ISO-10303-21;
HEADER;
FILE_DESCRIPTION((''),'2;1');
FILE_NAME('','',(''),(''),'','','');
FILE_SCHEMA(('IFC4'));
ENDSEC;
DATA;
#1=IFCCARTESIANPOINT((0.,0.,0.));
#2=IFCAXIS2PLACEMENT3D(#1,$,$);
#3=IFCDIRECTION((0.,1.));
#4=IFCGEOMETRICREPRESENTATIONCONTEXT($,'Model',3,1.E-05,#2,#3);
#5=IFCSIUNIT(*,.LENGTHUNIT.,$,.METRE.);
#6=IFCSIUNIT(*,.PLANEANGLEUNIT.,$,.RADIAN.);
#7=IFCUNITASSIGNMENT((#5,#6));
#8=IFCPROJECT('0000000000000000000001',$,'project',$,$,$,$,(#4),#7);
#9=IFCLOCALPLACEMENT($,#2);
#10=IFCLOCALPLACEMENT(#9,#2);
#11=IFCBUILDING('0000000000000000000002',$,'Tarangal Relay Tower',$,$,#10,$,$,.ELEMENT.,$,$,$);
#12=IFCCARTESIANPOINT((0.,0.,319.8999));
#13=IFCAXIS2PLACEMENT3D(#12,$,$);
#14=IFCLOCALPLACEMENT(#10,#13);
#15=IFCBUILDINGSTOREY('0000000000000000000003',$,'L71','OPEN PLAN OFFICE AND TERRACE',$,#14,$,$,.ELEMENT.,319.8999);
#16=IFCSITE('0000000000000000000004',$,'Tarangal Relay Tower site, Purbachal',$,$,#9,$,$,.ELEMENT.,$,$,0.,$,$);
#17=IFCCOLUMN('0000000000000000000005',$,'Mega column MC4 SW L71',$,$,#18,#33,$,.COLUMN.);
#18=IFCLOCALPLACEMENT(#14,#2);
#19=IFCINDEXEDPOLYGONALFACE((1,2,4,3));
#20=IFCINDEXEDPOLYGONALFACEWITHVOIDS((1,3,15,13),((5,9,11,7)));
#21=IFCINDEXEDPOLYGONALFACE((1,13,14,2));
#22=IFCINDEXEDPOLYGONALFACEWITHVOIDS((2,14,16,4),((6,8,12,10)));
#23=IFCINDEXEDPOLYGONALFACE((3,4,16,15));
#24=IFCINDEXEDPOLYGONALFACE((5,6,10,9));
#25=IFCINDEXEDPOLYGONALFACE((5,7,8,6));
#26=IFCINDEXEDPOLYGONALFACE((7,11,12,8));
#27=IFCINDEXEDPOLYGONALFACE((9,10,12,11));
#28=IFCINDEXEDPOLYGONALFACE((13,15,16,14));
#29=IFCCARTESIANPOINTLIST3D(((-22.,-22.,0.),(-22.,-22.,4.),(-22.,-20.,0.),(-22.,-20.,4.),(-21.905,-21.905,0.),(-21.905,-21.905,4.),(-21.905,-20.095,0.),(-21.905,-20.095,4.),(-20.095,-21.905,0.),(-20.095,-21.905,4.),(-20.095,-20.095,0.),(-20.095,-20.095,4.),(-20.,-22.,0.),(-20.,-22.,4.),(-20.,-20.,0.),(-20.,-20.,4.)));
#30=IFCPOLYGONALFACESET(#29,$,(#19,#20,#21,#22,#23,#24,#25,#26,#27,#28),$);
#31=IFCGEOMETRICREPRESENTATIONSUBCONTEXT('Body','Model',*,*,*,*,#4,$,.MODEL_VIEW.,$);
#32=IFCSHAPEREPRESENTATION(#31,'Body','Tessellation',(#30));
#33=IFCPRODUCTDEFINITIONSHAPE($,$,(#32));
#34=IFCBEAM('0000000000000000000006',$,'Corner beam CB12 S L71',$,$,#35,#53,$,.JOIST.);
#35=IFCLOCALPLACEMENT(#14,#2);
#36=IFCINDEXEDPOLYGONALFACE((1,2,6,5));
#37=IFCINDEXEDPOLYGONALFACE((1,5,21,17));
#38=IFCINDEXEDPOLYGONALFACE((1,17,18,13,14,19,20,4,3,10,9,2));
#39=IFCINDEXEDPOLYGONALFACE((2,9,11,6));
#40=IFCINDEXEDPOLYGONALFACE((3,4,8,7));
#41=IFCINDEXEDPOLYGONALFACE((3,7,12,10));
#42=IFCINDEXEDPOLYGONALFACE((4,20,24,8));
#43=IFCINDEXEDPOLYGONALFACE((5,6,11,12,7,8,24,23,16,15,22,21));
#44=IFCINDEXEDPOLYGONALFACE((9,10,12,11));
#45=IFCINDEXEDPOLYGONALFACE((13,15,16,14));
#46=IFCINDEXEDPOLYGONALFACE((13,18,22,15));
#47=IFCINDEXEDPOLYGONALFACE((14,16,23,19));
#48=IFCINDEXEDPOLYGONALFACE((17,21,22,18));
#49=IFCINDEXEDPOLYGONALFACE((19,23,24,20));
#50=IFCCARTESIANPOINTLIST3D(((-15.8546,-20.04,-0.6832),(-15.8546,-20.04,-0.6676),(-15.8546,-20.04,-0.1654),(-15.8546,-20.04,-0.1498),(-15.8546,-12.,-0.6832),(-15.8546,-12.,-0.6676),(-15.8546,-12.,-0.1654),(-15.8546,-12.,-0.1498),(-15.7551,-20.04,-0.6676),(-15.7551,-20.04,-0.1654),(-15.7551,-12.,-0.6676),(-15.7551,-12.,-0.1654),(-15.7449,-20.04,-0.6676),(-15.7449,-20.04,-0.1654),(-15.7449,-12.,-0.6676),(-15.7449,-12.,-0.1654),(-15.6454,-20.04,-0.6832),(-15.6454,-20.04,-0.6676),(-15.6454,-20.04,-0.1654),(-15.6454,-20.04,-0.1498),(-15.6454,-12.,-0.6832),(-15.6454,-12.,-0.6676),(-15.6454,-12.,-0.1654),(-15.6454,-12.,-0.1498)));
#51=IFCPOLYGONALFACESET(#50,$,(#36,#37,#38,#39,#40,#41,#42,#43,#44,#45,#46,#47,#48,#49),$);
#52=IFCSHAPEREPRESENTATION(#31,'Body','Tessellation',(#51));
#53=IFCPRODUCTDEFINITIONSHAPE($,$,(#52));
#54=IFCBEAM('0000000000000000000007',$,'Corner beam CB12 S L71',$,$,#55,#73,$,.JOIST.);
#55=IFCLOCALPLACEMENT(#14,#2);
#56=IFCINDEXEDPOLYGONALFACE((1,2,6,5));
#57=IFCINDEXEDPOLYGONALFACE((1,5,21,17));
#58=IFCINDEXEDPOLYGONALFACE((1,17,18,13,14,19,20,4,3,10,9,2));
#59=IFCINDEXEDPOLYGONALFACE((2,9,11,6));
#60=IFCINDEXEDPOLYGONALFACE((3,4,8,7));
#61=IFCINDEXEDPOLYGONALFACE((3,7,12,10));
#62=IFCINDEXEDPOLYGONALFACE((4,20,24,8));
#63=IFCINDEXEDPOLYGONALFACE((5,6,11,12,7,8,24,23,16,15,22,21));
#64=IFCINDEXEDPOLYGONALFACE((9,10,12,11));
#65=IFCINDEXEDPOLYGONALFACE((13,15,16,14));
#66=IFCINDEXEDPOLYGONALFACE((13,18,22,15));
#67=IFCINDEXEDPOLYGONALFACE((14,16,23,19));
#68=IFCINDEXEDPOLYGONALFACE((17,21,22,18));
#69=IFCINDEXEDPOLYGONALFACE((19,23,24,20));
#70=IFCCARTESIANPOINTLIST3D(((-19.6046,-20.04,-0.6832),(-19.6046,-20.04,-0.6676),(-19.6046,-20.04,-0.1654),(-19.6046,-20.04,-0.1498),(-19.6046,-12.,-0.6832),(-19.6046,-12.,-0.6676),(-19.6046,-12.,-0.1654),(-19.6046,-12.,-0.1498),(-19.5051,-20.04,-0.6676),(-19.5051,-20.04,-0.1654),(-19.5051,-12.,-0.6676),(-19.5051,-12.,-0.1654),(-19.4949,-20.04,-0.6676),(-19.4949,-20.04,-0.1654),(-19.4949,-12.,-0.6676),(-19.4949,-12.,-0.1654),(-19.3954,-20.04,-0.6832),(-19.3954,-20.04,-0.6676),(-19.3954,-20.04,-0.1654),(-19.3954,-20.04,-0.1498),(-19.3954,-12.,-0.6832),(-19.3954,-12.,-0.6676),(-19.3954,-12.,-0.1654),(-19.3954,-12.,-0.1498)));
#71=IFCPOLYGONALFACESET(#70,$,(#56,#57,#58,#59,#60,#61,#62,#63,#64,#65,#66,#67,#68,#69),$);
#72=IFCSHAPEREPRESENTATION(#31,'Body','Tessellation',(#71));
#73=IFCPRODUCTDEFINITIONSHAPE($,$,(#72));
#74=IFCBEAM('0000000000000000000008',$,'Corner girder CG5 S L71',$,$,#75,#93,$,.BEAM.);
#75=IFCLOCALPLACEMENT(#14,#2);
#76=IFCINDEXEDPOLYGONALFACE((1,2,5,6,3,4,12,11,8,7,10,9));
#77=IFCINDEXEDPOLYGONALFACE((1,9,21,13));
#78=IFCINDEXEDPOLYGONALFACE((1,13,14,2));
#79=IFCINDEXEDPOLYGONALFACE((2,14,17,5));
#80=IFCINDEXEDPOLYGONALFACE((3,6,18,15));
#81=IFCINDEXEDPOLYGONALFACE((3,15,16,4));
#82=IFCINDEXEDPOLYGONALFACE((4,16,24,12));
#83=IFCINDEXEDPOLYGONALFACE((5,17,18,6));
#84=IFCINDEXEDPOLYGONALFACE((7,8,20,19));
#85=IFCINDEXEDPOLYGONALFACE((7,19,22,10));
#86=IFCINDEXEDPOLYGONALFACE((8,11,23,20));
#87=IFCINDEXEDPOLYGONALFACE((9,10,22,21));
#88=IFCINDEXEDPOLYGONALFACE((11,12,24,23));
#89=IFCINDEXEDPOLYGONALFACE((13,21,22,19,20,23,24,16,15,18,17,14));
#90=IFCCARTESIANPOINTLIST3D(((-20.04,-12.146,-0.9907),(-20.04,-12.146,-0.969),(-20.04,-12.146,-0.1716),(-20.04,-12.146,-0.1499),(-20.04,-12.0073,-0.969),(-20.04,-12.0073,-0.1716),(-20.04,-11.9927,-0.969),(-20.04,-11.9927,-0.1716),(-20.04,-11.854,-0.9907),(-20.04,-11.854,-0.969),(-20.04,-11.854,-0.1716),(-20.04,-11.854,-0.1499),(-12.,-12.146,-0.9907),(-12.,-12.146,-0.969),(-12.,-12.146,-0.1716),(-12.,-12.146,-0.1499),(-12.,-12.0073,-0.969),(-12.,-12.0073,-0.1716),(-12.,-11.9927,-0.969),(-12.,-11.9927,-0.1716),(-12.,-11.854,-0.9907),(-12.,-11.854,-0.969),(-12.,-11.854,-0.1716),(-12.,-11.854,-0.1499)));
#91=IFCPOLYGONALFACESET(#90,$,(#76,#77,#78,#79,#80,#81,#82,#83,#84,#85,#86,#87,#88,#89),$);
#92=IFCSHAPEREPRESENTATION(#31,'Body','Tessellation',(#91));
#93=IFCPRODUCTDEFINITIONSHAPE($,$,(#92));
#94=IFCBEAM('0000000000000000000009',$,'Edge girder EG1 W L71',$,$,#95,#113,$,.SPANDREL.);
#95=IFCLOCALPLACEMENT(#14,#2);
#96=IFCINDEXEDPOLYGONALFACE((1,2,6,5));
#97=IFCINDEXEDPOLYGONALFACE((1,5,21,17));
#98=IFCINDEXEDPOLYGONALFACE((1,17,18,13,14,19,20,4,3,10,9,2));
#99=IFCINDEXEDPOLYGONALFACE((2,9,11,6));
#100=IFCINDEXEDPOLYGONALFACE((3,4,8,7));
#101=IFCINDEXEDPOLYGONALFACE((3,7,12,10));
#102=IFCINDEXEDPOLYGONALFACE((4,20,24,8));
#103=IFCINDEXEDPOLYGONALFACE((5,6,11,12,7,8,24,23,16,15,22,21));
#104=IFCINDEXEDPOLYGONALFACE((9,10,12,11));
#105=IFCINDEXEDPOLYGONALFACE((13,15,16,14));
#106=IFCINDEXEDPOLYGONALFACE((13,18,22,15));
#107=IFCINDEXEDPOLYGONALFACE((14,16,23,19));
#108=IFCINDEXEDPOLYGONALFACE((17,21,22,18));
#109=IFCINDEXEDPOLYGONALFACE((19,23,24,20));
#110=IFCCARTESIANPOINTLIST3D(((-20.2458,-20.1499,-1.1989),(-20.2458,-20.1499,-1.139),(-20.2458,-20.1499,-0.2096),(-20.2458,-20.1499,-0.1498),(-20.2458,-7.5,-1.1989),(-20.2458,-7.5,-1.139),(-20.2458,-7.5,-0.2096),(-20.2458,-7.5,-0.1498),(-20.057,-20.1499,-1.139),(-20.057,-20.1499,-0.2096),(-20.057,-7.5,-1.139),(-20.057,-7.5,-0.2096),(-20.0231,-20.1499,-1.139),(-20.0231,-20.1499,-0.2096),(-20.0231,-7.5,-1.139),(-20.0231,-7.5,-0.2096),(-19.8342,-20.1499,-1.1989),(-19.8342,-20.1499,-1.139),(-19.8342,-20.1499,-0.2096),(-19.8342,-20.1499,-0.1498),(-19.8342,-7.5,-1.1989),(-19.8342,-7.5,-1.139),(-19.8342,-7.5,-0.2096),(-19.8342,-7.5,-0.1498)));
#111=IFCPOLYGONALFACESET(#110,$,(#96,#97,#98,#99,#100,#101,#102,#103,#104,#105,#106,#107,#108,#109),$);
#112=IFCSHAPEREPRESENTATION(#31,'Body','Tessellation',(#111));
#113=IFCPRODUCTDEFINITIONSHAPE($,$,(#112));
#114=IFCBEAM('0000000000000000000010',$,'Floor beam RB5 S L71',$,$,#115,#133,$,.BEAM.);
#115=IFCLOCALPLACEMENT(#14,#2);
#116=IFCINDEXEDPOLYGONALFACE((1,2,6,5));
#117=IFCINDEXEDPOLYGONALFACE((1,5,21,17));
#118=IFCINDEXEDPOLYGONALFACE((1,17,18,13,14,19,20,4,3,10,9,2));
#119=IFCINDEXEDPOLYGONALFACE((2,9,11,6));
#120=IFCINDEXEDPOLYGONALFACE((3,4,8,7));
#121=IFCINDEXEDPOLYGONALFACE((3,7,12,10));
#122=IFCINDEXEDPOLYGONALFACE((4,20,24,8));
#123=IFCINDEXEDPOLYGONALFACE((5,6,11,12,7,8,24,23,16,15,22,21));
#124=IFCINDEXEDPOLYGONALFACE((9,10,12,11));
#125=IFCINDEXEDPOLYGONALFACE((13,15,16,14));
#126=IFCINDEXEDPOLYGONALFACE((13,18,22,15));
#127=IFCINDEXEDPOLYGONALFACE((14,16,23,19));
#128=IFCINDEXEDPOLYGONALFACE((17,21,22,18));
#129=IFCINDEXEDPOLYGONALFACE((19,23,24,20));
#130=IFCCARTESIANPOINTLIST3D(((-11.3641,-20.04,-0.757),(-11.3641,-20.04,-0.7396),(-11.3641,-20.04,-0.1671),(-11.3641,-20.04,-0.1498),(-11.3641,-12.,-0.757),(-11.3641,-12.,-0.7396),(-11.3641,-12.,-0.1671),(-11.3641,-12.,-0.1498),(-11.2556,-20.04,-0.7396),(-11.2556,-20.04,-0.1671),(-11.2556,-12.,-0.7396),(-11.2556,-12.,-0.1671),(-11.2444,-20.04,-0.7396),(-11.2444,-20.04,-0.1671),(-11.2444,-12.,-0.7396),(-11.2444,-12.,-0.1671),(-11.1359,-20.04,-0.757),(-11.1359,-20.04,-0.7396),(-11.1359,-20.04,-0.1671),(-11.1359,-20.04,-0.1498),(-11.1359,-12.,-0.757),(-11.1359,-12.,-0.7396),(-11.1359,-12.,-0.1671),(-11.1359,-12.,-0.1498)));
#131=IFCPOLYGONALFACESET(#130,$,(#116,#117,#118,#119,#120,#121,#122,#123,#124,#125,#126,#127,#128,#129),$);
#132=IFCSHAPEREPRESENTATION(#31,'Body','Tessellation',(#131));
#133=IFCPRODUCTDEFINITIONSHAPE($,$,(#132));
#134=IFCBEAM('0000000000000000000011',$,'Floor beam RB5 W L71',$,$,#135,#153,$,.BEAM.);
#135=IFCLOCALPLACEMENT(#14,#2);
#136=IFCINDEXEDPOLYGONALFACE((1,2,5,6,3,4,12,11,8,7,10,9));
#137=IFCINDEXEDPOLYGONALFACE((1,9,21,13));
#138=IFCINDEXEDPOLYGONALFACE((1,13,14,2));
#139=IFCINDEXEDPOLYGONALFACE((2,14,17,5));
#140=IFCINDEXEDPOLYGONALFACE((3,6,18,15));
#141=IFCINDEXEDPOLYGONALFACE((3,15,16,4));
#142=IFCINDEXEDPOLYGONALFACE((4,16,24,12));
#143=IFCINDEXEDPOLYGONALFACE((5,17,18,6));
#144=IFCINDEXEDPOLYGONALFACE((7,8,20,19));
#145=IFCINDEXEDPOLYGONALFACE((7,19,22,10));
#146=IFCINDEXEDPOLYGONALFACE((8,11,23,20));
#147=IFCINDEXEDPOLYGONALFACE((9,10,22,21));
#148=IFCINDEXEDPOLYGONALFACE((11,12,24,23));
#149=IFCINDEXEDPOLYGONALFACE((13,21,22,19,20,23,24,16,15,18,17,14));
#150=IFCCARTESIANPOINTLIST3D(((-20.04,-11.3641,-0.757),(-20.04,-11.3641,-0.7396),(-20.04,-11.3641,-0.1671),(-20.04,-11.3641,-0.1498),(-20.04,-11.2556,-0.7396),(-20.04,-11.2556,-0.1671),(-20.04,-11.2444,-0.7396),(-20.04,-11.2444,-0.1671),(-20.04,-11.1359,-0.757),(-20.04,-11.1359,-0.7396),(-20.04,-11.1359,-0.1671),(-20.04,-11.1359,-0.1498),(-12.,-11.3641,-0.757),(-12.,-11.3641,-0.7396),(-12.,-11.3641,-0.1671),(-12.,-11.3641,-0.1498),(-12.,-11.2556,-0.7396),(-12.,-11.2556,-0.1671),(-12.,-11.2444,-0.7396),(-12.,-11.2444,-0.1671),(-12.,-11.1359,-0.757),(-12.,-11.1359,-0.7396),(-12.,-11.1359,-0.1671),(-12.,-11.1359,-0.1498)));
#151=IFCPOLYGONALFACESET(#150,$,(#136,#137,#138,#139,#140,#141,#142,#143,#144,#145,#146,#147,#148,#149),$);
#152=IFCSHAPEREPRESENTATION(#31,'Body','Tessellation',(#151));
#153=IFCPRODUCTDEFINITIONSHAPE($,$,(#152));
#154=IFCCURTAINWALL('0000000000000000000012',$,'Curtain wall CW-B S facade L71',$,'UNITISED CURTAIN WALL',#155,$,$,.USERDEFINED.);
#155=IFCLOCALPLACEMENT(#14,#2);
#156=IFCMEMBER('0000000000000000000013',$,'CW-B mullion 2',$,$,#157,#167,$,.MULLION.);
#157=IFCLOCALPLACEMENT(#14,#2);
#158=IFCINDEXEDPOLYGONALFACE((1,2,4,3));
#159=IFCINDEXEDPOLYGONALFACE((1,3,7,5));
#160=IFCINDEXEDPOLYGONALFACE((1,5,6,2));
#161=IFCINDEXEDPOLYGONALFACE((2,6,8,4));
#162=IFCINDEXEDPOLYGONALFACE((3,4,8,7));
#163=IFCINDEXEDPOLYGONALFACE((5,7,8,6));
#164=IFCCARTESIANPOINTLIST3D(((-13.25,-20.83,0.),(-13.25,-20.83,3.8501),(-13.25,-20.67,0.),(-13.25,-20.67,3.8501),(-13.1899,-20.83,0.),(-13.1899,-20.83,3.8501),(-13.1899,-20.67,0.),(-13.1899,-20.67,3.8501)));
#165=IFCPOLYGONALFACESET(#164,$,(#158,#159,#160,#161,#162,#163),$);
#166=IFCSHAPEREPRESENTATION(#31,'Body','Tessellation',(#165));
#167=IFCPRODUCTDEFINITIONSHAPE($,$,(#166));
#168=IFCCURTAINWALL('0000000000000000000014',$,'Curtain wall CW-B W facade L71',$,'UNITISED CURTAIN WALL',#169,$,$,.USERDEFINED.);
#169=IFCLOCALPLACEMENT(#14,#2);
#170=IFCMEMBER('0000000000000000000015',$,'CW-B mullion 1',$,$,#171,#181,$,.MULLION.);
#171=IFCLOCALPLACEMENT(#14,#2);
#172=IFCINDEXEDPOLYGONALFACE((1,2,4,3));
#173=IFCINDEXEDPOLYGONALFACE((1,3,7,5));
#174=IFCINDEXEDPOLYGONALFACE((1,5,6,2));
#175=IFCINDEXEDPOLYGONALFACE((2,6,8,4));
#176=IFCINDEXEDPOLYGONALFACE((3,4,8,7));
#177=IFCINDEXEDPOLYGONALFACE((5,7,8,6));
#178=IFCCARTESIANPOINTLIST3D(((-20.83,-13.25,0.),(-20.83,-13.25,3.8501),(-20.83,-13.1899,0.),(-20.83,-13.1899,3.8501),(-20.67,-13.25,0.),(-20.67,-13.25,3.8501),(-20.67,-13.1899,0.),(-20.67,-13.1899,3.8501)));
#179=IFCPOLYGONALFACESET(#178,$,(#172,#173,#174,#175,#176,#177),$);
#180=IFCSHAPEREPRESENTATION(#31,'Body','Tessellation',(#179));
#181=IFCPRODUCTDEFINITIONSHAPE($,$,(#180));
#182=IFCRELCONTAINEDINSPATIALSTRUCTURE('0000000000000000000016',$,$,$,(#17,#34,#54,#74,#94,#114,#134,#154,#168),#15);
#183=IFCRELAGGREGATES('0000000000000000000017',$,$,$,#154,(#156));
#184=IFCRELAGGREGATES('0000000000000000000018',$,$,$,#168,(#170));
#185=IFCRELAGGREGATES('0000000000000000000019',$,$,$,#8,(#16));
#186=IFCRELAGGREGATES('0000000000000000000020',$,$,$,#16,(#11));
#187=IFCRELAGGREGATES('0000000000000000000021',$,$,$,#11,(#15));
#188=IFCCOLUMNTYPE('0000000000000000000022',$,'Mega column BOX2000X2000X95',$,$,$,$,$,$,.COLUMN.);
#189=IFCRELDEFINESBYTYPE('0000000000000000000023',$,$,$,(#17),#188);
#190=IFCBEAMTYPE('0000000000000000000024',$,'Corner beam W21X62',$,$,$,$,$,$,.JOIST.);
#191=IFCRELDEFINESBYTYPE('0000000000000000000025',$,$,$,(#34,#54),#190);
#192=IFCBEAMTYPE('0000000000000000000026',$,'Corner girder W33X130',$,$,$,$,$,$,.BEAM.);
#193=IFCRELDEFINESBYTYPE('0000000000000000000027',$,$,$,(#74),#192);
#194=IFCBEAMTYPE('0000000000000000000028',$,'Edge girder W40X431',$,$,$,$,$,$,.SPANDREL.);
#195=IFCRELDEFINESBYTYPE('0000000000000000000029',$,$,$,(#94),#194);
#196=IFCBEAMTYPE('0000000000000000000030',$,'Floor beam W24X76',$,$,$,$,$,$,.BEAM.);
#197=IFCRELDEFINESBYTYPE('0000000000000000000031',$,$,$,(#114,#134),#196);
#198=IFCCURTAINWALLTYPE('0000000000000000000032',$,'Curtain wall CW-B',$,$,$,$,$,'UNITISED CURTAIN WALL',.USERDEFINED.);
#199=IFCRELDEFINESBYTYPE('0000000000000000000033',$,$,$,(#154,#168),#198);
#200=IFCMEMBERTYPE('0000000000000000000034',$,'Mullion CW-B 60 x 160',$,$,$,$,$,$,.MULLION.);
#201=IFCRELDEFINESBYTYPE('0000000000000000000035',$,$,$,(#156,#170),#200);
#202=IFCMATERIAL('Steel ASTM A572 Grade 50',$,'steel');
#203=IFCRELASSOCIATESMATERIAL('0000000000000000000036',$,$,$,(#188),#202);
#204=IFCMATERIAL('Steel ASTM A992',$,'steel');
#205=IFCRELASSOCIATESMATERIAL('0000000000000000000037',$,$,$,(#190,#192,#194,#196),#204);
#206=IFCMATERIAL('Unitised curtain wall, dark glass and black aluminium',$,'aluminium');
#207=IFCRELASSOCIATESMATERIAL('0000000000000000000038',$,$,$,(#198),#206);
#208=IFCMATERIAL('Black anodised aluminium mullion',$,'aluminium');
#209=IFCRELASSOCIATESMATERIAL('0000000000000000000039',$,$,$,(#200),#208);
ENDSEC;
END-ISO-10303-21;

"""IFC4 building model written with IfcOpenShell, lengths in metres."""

from ifc_helpers import new_model, si_unit, direction, frame, origin, origin_2d, place, context, subcontext, project, spatial, rectangle, hollow_rectangle, i_section, extrude, material, material_profile, profile_set, type_object, element, aggregate, save


model = new_model("IFC4")

# Units and contexts
model_context = context("Model", 3, precision=1e-05, world=origin(), true_north=direction((0.0, 1.0)))
body_context = subcontext(model_context, "Body", "Model", "MODEL_VIEW")
ifc_project = project(units=[si_unit("LENGTHUNIT", "METRE"), si_unit("PLANEANGLEUNIT", "RADIAN")], contexts=[model_context])

# Site, building, storey
site_placement = place(None, origin())
site = spatial("IfcSite", under=ifc_project, at=site_placement, Name="Tarangal Relay Tower site, Purbachal", CompositionType="ELEMENT", RefElevation=0.0)
building_placement = place(site_placement, origin())
building = spatial("IfcBuilding", under=site, at=building_placement, Name="Tarangal Relay Tower", CompositionType="ELEMENT")
storey_placement = place(building_placement, frame((0.0, 0.0, 319.8999)))
storey = spatial("IfcBuildingStorey", under=building, at=storey_placement, Name="L71", Description="OPEN PLAN OFFICE AND TERRACE", CompositionType="ELEMENT", Elevation=319.8999)

# Column
ifc_material_1 = material(Name="Steel ASTM A572 Grade 50", Category="steel")
ifc_material_profile_1 = material_profile(ifc_material_1, hollow_rectangle(XDim=2.0, YDim=2.0, WallThickness=0.095, at=origin_2d()), Name="BOX2000X2000X95")
ifc_profile_set_1 = profile_set([ifc_material_profile_1], Name="Steel ASTM A572 Grade 50")
column_type = type_object("IfcColumnType", Name="Mega column BOX2000X2000X95", PredefinedType="COLUMN", material=ifc_profile_set_1)
column_placement = place(storey_placement, frame((-21.0, -21.0, 0.0), z_axis=(0.0, 0.0, 1.0), x_axis=(1.0, 0.0, 0.0)))
element("IfcColumn", 1, at=column_placement, inside=storey, type_object=column_type, Name="Mega column MC4 SW L71", PredefinedType="COLUMN", context=body_context, shape_type="SweptSolid", body=[
    extrude(hollow_rectangle(XDim=2.0, YDim=2.0, WallThickness=0.095, at=origin_2d()), origin(), (0.0, 0.0, 1.0), 4.0),
])

# Beams
ifc_material_2 = material(Name="Steel ASTM A992", Category="steel")
ifc_material_profile_2 = material_profile(ifc_material_2, i_section(OverallWidth=0.2092, OverallDepth=0.5334, WebThickness=0.0103, FlangeThickness=0.0156, at=origin_2d()), Name="W21X62")
ifc_profile_set_2 = profile_set([ifc_material_profile_2], Name="Steel ASTM A992")
beam_type_1 = type_object("IfcBeamType", Name="Corner beam W21X62", PredefinedType="JOIST", material=ifc_profile_set_2)
for number, where, z_axis, x_axis, name in (
    (2, (-15.75, -12.0, -0.4165), (0.0, -1.0, 0.0), (1.0, 0.0, 0.0), "Corner beam CB12 S L71"),
    (3, (-19.5, -12.0, -0.4165), (0.0, -1.0, 0.0), (1.0, 0.0, 0.0), "Corner beam CB12 S L71"),
):
    element("IfcBeam", number, at=place(storey_placement, frame(where, z_axis=z_axis, x_axis=x_axis)), inside=storey, type_object=beam_type_1, Name=name, PredefinedType="JOIST", context=body_context, shape_type="SweptSolid", body=[
        extrude(i_section(OverallWidth=0.2092, OverallDepth=0.5334, WebThickness=0.0103, FlangeThickness=0.0156, at=origin_2d()), origin(), (0.0, 0.0, 1.0), 8.04),
    ])
ifc_material_profile_3 = material_profile(ifc_material_2, i_section(OverallWidth=0.292, OverallDepth=0.8408, WebThickness=0.0146, FlangeThickness=0.0217, at=origin_2d()), Name="W33X130")
ifc_profile_set_3 = profile_set([ifc_material_profile_3], Name="Steel ASTM A992")
beam_type_2 = type_object("IfcBeamType", Name="Corner girder W33X130", PredefinedType="BEAM", material=ifc_profile_set_3)
beam_1_placement = place(storey_placement, frame((-12.0, -12.0, -0.5703), z_axis=(-1.0, 0.0, 0.0), x_axis=(0.0, -1.0, 0.0)))
element("IfcBeam", 4, at=beam_1_placement, inside=storey, type_object=beam_type_2, Name="Corner girder CG5 S L71", PredefinedType="BEAM", context=body_context, shape_type="SweptSolid", body=[
    extrude(i_section(OverallWidth=0.292, OverallDepth=0.8408, WebThickness=0.0146, FlangeThickness=0.0217, at=origin_2d()), origin(), (0.0, 0.0, 1.0), 8.04),
])
ifc_material_profile_4 = material_profile(ifc_material_2, i_section(OverallWidth=0.4116, OverallDepth=1.0491, WebThickness=0.0339, FlangeThickness=0.0598, at=origin_2d()), Name="W40X431")
ifc_profile_set_4 = profile_set([ifc_material_profile_4], Name="Steel ASTM A992")
beam_type_3 = type_object("IfcBeamType", Name="Edge girder W40X431", PredefinedType="SPANDREL", material=ifc_profile_set_4)
beam_2_placement = place(storey_placement, frame((-20.04, -20.1499, -0.6743), z_axis=(0.0, 1.0, 0.0), x_axis=(-1.0, 0.0, 0.0)))
element("IfcBeam", 5, at=beam_2_placement, inside=storey, type_object=beam_type_3, Name="Edge girder EG1 W L71", PredefinedType="SPANDREL", context=body_context, shape_type="SweptSolid", body=[
    extrude(i_section(OverallWidth=0.4116, OverallDepth=1.0491, WebThickness=0.0339, FlangeThickness=0.0598, at=origin_2d()), origin(), (0.0, 0.0, 1.0), 12.6499),
])
ifc_material_profile_5 = material_profile(ifc_material_2, i_section(OverallWidth=0.2283, OverallDepth=0.6072, WebThickness=0.0112, FlangeThickness=0.0173, at=origin_2d()), Name="W24X76")
ifc_profile_set_5 = profile_set([ifc_material_profile_5], Name="Steel ASTM A992")
beam_type_4 = type_object("IfcBeamType", Name="Floor beam W24X76", PredefinedType="BEAM", material=ifc_profile_set_5)
for number, where, z_axis, x_axis, name in (
    (6, (-11.25, -12.0, -0.4534), (0.0, -1.0, 0.0), (1.0, 0.0, 0.0), "Floor beam RB5 S L71"),
    (7, (-12.0, -11.25, -0.4534), (-1.0, 0.0, 0.0), (0.0, -1.0, 0.0), "Floor beam RB5 W L71"),
):
    element("IfcBeam", number, at=place(storey_placement, frame(where, z_axis=z_axis, x_axis=x_axis)), inside=storey, type_object=beam_type_4, Name=name, PredefinedType="BEAM", context=body_context, shape_type="SweptSolid", body=[
        extrude(i_section(OverallWidth=0.2283, OverallDepth=0.6072, WebThickness=0.0112, FlangeThickness=0.0173, at=origin_2d()), origin(), (0.0, 0.0, 1.0), 8.04),
    ])

# Curtain wall, member
ifc_material_3 = material(Name="Unitised curtain wall, dark glass and black aluminium", Category="aluminium")
curtain_wall_type_1 = type_object("IfcCurtainWallType", Name="Curtain wall CW-B", ElementType="UNITISED CURTAIN WALL", PredefinedType="USERDEFINED", material=ifc_material_3)
curtain_wall_1_placement = place(storey_placement, origin())
curtain_wall_1 = element("IfcCurtainWall", 8, at=curtain_wall_1_placement, inside=storey, type_object=curtain_wall_type_1, Name="Curtain wall CW-B S facade L71", ObjectType="UNITISED CURTAIN WALL", PredefinedType="USERDEFINED")
ifc_material_4 = material(Name="Black anodised aluminium mullion", Category="aluminium")
ifc_material_profile_6 = material_profile(ifc_material_4, rectangle(XDim=0.1599, YDim=0.0601, at=origin_2d()), Name="CW-BM 60X160")
ifc_profile_set_6 = profile_set([ifc_material_profile_6], Name="Black anodised aluminium mullion")
member_type_1 = type_object("IfcMemberType", Name="Mullion CW-B 60 x 160", PredefinedType="MULLION", material=ifc_profile_set_6)
member_1_placement = place(storey_placement, frame((-13.22, -20.75, 0.0), z_axis=(0.0, 0.0, 1.0), x_axis=(0.0, -1.0, 0.0)))
member_1 = element("IfcMember", 9, at=member_1_placement, type_object=member_type_1, Name="CW-B mullion 2", PredefinedType="MULLION", context=body_context, shape_type="SweptSolid", body=[
    extrude(rectangle(XDim=0.1599, YDim=0.0601, at=origin_2d()), origin(), (0.0, 0.0, 1.0), 3.8501),
])

# Curtain wall, member
curtain_wall_2_placement = place(storey_placement, origin())
curtain_wall_2 = element("IfcCurtainWall", 10, at=curtain_wall_2_placement, inside=storey, type_object=curtain_wall_type_1, Name="Curtain wall CW-B W facade L71", ObjectType="UNITISED CURTAIN WALL", PredefinedType="USERDEFINED")
member_2_placement = place(storey_placement, frame((-20.75, -13.22, 0.0), z_axis=(0.0, 0.0, 1.0), x_axis=(-1.0, 0.0, 0.0)))
member_2 = element("IfcMember", 11, at=member_2_placement, type_object=member_type_1, Name="CW-B mullion 1", PredefinedType="MULLION", context=body_context, shape_type="SweptSolid", body=[
    extrude(rectangle(XDim=0.1599, YDim=0.0601, at=origin_2d()), origin(), (0.0, 0.0, 1.0), 3.8501),
])

aggregate(curtain_wall_1, [member_1])
aggregate(curtain_wall_2, [member_2])

save(model, "model.ifc")
